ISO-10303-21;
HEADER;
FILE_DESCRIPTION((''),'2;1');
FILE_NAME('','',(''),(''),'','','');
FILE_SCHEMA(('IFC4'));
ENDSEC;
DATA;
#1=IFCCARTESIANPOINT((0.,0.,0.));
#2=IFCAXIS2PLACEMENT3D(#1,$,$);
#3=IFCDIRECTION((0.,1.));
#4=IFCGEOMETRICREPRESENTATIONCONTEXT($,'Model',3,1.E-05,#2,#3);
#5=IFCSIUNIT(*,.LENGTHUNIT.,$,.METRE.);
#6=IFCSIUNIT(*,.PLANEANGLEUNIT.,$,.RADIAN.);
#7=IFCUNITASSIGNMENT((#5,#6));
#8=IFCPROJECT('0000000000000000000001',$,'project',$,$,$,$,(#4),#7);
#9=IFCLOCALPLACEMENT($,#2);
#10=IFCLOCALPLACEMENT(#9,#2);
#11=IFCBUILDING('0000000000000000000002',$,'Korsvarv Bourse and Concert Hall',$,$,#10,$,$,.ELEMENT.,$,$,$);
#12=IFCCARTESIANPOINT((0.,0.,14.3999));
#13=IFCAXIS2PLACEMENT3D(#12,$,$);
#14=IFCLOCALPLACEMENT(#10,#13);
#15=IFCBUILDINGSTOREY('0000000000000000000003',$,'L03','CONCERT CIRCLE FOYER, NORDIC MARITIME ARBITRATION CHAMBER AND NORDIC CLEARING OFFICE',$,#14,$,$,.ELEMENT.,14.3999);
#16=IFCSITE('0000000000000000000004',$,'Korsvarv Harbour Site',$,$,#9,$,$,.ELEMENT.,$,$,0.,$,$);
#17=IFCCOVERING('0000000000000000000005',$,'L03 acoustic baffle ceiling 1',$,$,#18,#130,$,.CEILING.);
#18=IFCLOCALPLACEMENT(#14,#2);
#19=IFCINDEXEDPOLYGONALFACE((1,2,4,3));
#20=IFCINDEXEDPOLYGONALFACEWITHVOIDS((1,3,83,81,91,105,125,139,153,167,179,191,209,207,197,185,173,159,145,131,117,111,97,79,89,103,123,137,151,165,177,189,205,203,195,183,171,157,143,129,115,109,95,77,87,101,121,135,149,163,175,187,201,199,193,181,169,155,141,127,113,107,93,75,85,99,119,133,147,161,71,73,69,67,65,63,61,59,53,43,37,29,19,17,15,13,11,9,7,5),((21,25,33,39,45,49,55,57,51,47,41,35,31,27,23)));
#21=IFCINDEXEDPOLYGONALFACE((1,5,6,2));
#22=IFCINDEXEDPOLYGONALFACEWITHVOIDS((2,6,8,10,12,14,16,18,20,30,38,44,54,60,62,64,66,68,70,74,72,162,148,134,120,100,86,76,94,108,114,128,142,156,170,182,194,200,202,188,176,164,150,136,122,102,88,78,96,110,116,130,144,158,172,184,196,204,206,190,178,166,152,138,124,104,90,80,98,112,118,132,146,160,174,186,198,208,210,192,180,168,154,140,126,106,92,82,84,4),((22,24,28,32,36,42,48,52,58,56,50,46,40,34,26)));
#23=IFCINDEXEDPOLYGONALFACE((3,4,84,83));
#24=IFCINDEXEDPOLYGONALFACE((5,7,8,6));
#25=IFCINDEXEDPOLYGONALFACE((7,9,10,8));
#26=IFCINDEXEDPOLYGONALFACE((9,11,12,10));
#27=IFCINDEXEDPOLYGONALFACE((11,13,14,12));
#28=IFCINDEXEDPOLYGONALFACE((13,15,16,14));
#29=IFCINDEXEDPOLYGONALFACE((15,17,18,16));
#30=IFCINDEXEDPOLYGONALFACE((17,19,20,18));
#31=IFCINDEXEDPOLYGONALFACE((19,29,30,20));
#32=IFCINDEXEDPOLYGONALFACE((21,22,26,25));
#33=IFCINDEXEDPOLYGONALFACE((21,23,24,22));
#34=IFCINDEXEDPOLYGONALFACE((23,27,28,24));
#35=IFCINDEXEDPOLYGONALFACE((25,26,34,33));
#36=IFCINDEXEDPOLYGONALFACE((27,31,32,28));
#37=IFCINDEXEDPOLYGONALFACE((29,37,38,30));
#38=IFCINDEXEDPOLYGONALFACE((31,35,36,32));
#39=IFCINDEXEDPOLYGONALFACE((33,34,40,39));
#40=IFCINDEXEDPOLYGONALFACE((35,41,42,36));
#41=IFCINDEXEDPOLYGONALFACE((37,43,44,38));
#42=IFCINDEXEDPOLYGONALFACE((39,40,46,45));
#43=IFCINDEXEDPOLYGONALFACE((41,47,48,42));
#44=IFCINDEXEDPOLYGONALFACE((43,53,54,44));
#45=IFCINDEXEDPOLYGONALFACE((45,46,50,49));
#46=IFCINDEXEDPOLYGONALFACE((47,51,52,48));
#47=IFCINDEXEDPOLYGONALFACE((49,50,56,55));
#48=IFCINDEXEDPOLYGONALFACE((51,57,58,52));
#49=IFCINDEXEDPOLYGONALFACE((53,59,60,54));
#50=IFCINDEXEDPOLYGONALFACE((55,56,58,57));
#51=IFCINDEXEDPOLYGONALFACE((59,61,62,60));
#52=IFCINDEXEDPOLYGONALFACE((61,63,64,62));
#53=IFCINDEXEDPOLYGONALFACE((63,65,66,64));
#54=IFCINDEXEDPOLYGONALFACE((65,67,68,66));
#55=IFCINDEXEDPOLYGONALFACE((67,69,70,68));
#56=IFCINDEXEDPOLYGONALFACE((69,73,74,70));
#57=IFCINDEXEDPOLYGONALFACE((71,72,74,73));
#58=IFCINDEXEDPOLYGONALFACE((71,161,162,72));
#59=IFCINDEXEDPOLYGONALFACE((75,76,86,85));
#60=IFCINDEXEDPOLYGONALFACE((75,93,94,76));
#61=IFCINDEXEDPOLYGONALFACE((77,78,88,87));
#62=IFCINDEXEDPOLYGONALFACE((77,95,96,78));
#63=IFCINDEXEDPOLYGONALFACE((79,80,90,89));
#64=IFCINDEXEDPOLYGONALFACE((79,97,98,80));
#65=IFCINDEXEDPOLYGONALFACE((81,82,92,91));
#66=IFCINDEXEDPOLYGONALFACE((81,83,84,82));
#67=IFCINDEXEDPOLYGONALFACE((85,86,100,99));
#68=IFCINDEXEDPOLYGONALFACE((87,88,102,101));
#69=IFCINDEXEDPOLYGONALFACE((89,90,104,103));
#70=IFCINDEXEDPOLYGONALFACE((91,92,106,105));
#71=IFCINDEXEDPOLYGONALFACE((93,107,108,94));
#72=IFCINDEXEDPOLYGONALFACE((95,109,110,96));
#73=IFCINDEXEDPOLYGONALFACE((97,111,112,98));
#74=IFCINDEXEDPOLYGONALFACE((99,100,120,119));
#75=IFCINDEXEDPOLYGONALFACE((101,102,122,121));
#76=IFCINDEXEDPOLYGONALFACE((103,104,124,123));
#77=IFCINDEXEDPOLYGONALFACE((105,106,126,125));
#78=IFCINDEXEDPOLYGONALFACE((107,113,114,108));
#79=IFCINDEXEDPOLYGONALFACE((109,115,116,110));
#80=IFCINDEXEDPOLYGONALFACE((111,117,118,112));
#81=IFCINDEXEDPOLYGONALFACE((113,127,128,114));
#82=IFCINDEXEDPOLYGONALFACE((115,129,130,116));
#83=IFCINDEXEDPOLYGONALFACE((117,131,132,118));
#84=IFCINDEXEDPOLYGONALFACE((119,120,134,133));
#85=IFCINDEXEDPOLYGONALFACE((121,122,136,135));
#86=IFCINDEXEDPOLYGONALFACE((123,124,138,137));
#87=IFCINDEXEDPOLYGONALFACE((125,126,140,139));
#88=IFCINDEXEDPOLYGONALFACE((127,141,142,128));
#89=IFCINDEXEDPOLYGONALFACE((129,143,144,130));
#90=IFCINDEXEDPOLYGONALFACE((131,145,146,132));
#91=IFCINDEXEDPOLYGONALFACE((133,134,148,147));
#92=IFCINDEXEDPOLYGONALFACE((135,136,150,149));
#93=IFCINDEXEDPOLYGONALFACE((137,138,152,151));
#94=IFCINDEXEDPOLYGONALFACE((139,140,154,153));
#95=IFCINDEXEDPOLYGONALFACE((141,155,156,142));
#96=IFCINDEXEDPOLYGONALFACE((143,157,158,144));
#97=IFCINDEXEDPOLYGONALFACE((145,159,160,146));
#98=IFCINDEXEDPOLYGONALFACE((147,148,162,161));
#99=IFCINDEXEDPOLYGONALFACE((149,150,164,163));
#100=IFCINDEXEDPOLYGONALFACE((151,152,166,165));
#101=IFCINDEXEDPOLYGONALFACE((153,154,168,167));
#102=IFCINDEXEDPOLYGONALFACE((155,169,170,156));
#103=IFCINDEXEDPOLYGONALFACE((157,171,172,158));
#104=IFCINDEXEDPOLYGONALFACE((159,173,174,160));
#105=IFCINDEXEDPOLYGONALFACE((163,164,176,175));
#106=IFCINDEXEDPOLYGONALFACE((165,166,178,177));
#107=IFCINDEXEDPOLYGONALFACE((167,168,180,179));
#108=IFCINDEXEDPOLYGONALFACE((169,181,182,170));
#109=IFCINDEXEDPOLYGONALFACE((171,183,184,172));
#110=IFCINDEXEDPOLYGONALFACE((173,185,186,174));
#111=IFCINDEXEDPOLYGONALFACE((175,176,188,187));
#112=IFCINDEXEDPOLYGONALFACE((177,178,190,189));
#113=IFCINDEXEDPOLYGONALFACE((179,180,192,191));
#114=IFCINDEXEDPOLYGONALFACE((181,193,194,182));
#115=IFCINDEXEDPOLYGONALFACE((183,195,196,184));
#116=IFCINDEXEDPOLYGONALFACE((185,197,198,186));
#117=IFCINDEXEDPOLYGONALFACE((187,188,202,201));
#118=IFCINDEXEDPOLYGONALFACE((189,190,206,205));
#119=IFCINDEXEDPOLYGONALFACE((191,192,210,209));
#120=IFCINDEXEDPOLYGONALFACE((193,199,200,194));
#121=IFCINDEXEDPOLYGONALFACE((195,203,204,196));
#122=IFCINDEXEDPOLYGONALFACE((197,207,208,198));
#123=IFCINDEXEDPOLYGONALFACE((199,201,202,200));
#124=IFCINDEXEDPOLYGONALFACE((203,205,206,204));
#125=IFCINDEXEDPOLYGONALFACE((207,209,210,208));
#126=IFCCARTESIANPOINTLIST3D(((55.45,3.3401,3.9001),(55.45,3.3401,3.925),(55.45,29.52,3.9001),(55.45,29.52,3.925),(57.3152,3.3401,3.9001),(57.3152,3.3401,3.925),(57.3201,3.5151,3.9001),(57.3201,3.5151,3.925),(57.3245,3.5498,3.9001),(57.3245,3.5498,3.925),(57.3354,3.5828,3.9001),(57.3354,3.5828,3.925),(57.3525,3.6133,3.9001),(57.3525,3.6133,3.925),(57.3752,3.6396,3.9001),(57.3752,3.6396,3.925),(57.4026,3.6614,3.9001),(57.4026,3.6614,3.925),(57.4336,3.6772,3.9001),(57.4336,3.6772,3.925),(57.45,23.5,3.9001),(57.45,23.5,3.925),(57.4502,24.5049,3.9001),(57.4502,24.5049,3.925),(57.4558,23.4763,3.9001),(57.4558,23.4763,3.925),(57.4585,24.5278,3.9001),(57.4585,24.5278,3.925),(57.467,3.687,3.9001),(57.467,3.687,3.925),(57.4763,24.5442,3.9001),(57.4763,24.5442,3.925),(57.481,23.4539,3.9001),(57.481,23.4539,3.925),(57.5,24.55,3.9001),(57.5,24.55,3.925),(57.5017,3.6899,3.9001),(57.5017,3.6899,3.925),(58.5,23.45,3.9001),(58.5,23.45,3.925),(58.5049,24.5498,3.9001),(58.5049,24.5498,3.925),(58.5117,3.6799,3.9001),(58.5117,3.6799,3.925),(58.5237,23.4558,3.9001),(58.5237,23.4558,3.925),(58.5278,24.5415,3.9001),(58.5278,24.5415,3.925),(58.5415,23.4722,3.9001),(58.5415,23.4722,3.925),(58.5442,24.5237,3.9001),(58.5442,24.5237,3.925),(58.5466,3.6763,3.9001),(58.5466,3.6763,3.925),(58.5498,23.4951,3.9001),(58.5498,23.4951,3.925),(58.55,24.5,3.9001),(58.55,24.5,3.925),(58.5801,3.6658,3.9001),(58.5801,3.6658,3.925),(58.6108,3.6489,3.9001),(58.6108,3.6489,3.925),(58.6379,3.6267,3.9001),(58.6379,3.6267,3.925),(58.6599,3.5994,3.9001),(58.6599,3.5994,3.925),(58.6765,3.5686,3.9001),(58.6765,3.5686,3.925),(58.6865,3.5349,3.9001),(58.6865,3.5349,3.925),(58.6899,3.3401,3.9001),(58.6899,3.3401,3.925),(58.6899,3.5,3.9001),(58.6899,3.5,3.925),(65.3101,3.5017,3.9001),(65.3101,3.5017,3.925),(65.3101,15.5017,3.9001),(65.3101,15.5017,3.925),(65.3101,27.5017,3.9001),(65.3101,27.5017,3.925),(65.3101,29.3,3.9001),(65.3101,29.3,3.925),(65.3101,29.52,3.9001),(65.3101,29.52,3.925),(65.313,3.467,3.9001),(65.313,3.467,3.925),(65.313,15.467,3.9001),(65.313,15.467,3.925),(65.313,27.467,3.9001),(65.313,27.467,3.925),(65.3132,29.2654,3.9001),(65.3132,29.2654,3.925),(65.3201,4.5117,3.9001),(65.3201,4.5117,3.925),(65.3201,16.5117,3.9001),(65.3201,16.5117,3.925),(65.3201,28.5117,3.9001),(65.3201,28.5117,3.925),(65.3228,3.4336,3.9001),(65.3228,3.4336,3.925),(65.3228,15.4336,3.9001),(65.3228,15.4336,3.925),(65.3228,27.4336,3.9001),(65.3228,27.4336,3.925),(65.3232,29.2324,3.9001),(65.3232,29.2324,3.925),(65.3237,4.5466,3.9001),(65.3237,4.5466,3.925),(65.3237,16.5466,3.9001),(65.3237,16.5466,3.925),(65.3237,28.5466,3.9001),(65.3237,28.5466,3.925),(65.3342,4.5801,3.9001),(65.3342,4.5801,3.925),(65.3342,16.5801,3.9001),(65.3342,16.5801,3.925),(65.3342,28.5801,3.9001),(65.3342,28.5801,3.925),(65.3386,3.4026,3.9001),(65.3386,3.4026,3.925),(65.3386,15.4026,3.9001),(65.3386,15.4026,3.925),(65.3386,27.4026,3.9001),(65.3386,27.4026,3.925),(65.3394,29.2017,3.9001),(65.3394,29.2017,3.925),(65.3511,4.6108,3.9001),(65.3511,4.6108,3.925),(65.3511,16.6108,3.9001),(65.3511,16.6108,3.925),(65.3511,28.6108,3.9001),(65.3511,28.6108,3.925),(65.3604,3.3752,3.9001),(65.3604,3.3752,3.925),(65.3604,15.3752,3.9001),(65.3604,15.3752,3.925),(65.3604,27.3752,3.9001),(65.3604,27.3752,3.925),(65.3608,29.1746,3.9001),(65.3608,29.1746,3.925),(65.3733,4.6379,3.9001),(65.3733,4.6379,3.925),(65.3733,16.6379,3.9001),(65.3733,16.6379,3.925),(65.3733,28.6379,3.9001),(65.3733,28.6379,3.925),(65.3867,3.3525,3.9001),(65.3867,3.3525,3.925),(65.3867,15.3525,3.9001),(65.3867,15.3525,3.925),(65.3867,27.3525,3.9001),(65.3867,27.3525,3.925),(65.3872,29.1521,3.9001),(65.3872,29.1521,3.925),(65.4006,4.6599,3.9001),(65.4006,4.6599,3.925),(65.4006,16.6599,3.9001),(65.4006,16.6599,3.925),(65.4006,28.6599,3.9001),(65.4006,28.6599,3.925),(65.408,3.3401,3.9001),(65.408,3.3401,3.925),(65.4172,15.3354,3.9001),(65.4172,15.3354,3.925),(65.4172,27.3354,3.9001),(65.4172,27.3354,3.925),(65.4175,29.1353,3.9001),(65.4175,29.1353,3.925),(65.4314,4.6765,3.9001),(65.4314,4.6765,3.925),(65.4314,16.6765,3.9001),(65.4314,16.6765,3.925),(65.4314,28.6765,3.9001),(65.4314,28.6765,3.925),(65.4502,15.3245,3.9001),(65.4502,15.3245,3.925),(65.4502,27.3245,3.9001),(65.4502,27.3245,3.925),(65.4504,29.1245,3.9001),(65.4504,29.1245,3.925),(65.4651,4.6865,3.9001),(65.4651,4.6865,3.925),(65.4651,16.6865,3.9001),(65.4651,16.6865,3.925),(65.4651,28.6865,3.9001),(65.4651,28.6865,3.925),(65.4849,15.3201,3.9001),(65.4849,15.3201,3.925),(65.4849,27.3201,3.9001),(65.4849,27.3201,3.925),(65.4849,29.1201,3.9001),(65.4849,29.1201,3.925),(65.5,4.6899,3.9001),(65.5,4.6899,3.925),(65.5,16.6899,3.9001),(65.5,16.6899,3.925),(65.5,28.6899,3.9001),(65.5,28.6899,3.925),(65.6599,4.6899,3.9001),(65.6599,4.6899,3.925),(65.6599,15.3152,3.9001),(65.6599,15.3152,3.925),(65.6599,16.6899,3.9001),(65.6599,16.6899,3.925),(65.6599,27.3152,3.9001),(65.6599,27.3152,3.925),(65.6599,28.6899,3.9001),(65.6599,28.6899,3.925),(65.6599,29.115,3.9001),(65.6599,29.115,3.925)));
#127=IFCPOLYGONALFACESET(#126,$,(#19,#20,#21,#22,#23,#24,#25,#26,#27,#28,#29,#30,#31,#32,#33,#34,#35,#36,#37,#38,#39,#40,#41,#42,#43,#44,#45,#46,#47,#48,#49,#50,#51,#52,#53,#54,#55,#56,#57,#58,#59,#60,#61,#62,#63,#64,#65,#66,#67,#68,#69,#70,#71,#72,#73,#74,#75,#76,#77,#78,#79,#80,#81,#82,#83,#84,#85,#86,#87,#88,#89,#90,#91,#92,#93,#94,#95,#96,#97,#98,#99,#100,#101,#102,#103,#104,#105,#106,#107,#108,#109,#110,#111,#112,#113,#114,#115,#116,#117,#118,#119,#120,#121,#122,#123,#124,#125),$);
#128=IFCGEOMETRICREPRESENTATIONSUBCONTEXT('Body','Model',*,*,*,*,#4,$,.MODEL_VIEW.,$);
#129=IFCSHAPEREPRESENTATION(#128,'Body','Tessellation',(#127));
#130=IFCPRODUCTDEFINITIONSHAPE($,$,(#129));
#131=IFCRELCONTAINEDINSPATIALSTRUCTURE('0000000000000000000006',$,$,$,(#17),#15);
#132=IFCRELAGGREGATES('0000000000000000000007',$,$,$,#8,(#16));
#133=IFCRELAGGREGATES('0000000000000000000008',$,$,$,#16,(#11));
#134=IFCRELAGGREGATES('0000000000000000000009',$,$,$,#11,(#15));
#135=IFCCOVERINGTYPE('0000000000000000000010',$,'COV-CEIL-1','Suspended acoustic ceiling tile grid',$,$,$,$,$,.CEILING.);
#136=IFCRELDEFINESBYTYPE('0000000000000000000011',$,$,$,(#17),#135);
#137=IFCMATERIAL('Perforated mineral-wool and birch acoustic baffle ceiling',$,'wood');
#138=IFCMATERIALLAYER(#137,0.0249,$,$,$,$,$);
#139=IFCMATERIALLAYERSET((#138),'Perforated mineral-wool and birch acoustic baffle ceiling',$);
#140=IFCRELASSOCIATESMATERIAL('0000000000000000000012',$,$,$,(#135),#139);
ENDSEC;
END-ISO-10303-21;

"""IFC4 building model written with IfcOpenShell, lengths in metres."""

from ifc_helpers import new_model, si_unit, direction, frame, origin, place, context, subcontext, project, spatial, polyline, outline, extrude, material, layer, layer_set, type_object, element, save


model = new_model("IFC4")

# Units and contexts
model_context = context("Model", 3, precision=1e-05, world=origin(), true_north=direction((0.0, 1.0)))
body_context = subcontext(model_context, "Body", "Model", "MODEL_VIEW")
ifc_project = project(units=[si_unit("LENGTHUNIT", "METRE"), si_unit("PLANEANGLEUNIT", "RADIAN")], contexts=[model_context])

# Site, building, storey
site_placement = place(None, origin())
site = spatial("IfcSite", under=ifc_project, at=site_placement, Name="Korsvarv Harbour Site", CompositionType="ELEMENT", RefElevation=0.0)
building_placement = place(site_placement, origin())
building = spatial("IfcBuilding", under=site, at=building_placement, Name="Korsvarv Bourse and Concert Hall", CompositionType="ELEMENT")
storey_placement = place(building_placement, frame((0.0, 0.0, 14.3999)))
storey = spatial("IfcBuildingStorey", under=building, at=storey_placement, Name="L03", Description="CONCERT CIRCLE FOYER, NORDIC MARITIME ARBITRATION CHAMBER AND NORDIC CLEARING OFFICE", CompositionType="ELEMENT", Elevation=14.3999)

# Covering
ifc_material_1 = material(Name="Perforated mineral-wool and birch acoustic baffle ceiling", Category="wood")
ifc_layer_1 = layer(ifc_material_1, 0.0249)
ifc_layer_set_1 = layer_set([ifc_layer_1], Name="Perforated mineral-wool and birch acoustic baffle ceiling")
covering_type_1 = type_object("IfcCoveringType", Name="COV-CEIL-1", Description="Suspended acoustic ceiling tile grid", PredefinedType="CEILING", material=ifc_layer_set_1)
covering_1_placement = place(storey_placement, frame((0.0, 0.0, 3.9001)))
element("IfcCovering", 1, at=covering_1_placement, inside=storey, type_object=covering_type_1, Name="L03 acoustic baffle ceiling 1", PredefinedType="CEILING", context=body_context, shape_type="SweptSolid", body=[
    extrude(outline(polyline([(58.6899, 3.3401), (58.6899, 3.5), (58.6865, 3.5349), (58.6765, 3.5686), (58.6599, 3.5994), (58.6379, 3.6267), (58.6108, 3.6489), (58.5801, 3.6658), (58.5466, 3.6763), (58.5117, 3.6799), (57.5017, 3.6899), (57.467, 3.687), (57.4336, 3.6772), (57.4026, 3.6614), (57.3752, 3.6396), (57.3525, 3.6133), (57.3354, 3.5828), (57.3245, 3.5498), (57.3201, 3.5151), (57.3152, 3.3401), (55.45, 3.3401), (55.45, 29.52), (65.3101, 29.52), (65.3101, 29.3), (65.3132, 29.2654), (65.3232, 29.2324), (65.3394, 29.2017), (65.3608, 29.1746), (65.3872, 29.1521), (65.4175, 29.1353), (65.4504, 29.1245), (65.4849, 29.1201), (65.6599, 29.115), (65.6599, 28.6899), (65.5, 28.6899), (65.4651, 28.6865), (65.4314, 28.6765), (65.4006, 28.6599), (65.3733, 28.6379), (65.3511, 28.6108), (65.3342, 28.5801), (65.3237, 28.5466), (65.3201, 28.5117), (65.3101, 27.5017), (65.313, 27.467), (65.3228, 27.4336), (65.3386, 27.4026), (65.3604, 27.3752), (65.3867, 27.3525), (65.4172, 27.3354), (65.4502, 27.3245), (65.4849, 27.3201), (65.6599, 27.3152), (65.6599, 16.6899), (65.5, 16.6899), (65.4651, 16.6865), (65.4314, 16.6765), (65.4006, 16.6599), (65.3733, 16.6379), (65.3511, 16.6108), (65.3342, 16.5801), (65.3237, 16.5466), (65.3201, 16.5117), (65.3101, 15.5017), (65.313, 15.467), (65.3228, 15.4336), (65.3386, 15.4026), (65.3604, 15.3752), (65.3867, 15.3525), (65.4172, 15.3354), (65.4502, 15.3245), (65.4849, 15.3201), (65.6599, 15.3152), (65.6599, 4.6899), (65.5, 4.6899), (65.4651, 4.6865), (65.4314, 4.6765), (65.4006, 4.6599), (65.3733, 4.6379), (65.3511, 4.6108), (65.3342, 4.5801), (65.3237, 4.5466), (65.3201, 4.5117), (65.3101, 3.5017), (65.313, 3.467), (65.3228, 3.4336), (65.3386, 3.4026), (65.3604, 3.3752), (65.3867, 3.3525), (65.408, 3.3401), (58.6899, 3.3401)]), holes=[polyline([(57.481, 23.4539), (58.5, 23.45), (58.5237, 23.4558), (58.5415, 23.4722), (58.5498, 23.4951), (58.55, 24.5), (58.5442, 24.5237), (58.5278, 24.5415), (58.5049, 24.5498), (57.5, 24.55), (57.4763, 24.5442), (57.4585, 24.5278), (57.4502, 24.5049), (57.45, 23.5), (57.4558, 23.4763), (57.481, 23.4539)])]), origin(), (0.0, 0.0, 1.0), 0.0249),
])

save(model, "model.ifc")
